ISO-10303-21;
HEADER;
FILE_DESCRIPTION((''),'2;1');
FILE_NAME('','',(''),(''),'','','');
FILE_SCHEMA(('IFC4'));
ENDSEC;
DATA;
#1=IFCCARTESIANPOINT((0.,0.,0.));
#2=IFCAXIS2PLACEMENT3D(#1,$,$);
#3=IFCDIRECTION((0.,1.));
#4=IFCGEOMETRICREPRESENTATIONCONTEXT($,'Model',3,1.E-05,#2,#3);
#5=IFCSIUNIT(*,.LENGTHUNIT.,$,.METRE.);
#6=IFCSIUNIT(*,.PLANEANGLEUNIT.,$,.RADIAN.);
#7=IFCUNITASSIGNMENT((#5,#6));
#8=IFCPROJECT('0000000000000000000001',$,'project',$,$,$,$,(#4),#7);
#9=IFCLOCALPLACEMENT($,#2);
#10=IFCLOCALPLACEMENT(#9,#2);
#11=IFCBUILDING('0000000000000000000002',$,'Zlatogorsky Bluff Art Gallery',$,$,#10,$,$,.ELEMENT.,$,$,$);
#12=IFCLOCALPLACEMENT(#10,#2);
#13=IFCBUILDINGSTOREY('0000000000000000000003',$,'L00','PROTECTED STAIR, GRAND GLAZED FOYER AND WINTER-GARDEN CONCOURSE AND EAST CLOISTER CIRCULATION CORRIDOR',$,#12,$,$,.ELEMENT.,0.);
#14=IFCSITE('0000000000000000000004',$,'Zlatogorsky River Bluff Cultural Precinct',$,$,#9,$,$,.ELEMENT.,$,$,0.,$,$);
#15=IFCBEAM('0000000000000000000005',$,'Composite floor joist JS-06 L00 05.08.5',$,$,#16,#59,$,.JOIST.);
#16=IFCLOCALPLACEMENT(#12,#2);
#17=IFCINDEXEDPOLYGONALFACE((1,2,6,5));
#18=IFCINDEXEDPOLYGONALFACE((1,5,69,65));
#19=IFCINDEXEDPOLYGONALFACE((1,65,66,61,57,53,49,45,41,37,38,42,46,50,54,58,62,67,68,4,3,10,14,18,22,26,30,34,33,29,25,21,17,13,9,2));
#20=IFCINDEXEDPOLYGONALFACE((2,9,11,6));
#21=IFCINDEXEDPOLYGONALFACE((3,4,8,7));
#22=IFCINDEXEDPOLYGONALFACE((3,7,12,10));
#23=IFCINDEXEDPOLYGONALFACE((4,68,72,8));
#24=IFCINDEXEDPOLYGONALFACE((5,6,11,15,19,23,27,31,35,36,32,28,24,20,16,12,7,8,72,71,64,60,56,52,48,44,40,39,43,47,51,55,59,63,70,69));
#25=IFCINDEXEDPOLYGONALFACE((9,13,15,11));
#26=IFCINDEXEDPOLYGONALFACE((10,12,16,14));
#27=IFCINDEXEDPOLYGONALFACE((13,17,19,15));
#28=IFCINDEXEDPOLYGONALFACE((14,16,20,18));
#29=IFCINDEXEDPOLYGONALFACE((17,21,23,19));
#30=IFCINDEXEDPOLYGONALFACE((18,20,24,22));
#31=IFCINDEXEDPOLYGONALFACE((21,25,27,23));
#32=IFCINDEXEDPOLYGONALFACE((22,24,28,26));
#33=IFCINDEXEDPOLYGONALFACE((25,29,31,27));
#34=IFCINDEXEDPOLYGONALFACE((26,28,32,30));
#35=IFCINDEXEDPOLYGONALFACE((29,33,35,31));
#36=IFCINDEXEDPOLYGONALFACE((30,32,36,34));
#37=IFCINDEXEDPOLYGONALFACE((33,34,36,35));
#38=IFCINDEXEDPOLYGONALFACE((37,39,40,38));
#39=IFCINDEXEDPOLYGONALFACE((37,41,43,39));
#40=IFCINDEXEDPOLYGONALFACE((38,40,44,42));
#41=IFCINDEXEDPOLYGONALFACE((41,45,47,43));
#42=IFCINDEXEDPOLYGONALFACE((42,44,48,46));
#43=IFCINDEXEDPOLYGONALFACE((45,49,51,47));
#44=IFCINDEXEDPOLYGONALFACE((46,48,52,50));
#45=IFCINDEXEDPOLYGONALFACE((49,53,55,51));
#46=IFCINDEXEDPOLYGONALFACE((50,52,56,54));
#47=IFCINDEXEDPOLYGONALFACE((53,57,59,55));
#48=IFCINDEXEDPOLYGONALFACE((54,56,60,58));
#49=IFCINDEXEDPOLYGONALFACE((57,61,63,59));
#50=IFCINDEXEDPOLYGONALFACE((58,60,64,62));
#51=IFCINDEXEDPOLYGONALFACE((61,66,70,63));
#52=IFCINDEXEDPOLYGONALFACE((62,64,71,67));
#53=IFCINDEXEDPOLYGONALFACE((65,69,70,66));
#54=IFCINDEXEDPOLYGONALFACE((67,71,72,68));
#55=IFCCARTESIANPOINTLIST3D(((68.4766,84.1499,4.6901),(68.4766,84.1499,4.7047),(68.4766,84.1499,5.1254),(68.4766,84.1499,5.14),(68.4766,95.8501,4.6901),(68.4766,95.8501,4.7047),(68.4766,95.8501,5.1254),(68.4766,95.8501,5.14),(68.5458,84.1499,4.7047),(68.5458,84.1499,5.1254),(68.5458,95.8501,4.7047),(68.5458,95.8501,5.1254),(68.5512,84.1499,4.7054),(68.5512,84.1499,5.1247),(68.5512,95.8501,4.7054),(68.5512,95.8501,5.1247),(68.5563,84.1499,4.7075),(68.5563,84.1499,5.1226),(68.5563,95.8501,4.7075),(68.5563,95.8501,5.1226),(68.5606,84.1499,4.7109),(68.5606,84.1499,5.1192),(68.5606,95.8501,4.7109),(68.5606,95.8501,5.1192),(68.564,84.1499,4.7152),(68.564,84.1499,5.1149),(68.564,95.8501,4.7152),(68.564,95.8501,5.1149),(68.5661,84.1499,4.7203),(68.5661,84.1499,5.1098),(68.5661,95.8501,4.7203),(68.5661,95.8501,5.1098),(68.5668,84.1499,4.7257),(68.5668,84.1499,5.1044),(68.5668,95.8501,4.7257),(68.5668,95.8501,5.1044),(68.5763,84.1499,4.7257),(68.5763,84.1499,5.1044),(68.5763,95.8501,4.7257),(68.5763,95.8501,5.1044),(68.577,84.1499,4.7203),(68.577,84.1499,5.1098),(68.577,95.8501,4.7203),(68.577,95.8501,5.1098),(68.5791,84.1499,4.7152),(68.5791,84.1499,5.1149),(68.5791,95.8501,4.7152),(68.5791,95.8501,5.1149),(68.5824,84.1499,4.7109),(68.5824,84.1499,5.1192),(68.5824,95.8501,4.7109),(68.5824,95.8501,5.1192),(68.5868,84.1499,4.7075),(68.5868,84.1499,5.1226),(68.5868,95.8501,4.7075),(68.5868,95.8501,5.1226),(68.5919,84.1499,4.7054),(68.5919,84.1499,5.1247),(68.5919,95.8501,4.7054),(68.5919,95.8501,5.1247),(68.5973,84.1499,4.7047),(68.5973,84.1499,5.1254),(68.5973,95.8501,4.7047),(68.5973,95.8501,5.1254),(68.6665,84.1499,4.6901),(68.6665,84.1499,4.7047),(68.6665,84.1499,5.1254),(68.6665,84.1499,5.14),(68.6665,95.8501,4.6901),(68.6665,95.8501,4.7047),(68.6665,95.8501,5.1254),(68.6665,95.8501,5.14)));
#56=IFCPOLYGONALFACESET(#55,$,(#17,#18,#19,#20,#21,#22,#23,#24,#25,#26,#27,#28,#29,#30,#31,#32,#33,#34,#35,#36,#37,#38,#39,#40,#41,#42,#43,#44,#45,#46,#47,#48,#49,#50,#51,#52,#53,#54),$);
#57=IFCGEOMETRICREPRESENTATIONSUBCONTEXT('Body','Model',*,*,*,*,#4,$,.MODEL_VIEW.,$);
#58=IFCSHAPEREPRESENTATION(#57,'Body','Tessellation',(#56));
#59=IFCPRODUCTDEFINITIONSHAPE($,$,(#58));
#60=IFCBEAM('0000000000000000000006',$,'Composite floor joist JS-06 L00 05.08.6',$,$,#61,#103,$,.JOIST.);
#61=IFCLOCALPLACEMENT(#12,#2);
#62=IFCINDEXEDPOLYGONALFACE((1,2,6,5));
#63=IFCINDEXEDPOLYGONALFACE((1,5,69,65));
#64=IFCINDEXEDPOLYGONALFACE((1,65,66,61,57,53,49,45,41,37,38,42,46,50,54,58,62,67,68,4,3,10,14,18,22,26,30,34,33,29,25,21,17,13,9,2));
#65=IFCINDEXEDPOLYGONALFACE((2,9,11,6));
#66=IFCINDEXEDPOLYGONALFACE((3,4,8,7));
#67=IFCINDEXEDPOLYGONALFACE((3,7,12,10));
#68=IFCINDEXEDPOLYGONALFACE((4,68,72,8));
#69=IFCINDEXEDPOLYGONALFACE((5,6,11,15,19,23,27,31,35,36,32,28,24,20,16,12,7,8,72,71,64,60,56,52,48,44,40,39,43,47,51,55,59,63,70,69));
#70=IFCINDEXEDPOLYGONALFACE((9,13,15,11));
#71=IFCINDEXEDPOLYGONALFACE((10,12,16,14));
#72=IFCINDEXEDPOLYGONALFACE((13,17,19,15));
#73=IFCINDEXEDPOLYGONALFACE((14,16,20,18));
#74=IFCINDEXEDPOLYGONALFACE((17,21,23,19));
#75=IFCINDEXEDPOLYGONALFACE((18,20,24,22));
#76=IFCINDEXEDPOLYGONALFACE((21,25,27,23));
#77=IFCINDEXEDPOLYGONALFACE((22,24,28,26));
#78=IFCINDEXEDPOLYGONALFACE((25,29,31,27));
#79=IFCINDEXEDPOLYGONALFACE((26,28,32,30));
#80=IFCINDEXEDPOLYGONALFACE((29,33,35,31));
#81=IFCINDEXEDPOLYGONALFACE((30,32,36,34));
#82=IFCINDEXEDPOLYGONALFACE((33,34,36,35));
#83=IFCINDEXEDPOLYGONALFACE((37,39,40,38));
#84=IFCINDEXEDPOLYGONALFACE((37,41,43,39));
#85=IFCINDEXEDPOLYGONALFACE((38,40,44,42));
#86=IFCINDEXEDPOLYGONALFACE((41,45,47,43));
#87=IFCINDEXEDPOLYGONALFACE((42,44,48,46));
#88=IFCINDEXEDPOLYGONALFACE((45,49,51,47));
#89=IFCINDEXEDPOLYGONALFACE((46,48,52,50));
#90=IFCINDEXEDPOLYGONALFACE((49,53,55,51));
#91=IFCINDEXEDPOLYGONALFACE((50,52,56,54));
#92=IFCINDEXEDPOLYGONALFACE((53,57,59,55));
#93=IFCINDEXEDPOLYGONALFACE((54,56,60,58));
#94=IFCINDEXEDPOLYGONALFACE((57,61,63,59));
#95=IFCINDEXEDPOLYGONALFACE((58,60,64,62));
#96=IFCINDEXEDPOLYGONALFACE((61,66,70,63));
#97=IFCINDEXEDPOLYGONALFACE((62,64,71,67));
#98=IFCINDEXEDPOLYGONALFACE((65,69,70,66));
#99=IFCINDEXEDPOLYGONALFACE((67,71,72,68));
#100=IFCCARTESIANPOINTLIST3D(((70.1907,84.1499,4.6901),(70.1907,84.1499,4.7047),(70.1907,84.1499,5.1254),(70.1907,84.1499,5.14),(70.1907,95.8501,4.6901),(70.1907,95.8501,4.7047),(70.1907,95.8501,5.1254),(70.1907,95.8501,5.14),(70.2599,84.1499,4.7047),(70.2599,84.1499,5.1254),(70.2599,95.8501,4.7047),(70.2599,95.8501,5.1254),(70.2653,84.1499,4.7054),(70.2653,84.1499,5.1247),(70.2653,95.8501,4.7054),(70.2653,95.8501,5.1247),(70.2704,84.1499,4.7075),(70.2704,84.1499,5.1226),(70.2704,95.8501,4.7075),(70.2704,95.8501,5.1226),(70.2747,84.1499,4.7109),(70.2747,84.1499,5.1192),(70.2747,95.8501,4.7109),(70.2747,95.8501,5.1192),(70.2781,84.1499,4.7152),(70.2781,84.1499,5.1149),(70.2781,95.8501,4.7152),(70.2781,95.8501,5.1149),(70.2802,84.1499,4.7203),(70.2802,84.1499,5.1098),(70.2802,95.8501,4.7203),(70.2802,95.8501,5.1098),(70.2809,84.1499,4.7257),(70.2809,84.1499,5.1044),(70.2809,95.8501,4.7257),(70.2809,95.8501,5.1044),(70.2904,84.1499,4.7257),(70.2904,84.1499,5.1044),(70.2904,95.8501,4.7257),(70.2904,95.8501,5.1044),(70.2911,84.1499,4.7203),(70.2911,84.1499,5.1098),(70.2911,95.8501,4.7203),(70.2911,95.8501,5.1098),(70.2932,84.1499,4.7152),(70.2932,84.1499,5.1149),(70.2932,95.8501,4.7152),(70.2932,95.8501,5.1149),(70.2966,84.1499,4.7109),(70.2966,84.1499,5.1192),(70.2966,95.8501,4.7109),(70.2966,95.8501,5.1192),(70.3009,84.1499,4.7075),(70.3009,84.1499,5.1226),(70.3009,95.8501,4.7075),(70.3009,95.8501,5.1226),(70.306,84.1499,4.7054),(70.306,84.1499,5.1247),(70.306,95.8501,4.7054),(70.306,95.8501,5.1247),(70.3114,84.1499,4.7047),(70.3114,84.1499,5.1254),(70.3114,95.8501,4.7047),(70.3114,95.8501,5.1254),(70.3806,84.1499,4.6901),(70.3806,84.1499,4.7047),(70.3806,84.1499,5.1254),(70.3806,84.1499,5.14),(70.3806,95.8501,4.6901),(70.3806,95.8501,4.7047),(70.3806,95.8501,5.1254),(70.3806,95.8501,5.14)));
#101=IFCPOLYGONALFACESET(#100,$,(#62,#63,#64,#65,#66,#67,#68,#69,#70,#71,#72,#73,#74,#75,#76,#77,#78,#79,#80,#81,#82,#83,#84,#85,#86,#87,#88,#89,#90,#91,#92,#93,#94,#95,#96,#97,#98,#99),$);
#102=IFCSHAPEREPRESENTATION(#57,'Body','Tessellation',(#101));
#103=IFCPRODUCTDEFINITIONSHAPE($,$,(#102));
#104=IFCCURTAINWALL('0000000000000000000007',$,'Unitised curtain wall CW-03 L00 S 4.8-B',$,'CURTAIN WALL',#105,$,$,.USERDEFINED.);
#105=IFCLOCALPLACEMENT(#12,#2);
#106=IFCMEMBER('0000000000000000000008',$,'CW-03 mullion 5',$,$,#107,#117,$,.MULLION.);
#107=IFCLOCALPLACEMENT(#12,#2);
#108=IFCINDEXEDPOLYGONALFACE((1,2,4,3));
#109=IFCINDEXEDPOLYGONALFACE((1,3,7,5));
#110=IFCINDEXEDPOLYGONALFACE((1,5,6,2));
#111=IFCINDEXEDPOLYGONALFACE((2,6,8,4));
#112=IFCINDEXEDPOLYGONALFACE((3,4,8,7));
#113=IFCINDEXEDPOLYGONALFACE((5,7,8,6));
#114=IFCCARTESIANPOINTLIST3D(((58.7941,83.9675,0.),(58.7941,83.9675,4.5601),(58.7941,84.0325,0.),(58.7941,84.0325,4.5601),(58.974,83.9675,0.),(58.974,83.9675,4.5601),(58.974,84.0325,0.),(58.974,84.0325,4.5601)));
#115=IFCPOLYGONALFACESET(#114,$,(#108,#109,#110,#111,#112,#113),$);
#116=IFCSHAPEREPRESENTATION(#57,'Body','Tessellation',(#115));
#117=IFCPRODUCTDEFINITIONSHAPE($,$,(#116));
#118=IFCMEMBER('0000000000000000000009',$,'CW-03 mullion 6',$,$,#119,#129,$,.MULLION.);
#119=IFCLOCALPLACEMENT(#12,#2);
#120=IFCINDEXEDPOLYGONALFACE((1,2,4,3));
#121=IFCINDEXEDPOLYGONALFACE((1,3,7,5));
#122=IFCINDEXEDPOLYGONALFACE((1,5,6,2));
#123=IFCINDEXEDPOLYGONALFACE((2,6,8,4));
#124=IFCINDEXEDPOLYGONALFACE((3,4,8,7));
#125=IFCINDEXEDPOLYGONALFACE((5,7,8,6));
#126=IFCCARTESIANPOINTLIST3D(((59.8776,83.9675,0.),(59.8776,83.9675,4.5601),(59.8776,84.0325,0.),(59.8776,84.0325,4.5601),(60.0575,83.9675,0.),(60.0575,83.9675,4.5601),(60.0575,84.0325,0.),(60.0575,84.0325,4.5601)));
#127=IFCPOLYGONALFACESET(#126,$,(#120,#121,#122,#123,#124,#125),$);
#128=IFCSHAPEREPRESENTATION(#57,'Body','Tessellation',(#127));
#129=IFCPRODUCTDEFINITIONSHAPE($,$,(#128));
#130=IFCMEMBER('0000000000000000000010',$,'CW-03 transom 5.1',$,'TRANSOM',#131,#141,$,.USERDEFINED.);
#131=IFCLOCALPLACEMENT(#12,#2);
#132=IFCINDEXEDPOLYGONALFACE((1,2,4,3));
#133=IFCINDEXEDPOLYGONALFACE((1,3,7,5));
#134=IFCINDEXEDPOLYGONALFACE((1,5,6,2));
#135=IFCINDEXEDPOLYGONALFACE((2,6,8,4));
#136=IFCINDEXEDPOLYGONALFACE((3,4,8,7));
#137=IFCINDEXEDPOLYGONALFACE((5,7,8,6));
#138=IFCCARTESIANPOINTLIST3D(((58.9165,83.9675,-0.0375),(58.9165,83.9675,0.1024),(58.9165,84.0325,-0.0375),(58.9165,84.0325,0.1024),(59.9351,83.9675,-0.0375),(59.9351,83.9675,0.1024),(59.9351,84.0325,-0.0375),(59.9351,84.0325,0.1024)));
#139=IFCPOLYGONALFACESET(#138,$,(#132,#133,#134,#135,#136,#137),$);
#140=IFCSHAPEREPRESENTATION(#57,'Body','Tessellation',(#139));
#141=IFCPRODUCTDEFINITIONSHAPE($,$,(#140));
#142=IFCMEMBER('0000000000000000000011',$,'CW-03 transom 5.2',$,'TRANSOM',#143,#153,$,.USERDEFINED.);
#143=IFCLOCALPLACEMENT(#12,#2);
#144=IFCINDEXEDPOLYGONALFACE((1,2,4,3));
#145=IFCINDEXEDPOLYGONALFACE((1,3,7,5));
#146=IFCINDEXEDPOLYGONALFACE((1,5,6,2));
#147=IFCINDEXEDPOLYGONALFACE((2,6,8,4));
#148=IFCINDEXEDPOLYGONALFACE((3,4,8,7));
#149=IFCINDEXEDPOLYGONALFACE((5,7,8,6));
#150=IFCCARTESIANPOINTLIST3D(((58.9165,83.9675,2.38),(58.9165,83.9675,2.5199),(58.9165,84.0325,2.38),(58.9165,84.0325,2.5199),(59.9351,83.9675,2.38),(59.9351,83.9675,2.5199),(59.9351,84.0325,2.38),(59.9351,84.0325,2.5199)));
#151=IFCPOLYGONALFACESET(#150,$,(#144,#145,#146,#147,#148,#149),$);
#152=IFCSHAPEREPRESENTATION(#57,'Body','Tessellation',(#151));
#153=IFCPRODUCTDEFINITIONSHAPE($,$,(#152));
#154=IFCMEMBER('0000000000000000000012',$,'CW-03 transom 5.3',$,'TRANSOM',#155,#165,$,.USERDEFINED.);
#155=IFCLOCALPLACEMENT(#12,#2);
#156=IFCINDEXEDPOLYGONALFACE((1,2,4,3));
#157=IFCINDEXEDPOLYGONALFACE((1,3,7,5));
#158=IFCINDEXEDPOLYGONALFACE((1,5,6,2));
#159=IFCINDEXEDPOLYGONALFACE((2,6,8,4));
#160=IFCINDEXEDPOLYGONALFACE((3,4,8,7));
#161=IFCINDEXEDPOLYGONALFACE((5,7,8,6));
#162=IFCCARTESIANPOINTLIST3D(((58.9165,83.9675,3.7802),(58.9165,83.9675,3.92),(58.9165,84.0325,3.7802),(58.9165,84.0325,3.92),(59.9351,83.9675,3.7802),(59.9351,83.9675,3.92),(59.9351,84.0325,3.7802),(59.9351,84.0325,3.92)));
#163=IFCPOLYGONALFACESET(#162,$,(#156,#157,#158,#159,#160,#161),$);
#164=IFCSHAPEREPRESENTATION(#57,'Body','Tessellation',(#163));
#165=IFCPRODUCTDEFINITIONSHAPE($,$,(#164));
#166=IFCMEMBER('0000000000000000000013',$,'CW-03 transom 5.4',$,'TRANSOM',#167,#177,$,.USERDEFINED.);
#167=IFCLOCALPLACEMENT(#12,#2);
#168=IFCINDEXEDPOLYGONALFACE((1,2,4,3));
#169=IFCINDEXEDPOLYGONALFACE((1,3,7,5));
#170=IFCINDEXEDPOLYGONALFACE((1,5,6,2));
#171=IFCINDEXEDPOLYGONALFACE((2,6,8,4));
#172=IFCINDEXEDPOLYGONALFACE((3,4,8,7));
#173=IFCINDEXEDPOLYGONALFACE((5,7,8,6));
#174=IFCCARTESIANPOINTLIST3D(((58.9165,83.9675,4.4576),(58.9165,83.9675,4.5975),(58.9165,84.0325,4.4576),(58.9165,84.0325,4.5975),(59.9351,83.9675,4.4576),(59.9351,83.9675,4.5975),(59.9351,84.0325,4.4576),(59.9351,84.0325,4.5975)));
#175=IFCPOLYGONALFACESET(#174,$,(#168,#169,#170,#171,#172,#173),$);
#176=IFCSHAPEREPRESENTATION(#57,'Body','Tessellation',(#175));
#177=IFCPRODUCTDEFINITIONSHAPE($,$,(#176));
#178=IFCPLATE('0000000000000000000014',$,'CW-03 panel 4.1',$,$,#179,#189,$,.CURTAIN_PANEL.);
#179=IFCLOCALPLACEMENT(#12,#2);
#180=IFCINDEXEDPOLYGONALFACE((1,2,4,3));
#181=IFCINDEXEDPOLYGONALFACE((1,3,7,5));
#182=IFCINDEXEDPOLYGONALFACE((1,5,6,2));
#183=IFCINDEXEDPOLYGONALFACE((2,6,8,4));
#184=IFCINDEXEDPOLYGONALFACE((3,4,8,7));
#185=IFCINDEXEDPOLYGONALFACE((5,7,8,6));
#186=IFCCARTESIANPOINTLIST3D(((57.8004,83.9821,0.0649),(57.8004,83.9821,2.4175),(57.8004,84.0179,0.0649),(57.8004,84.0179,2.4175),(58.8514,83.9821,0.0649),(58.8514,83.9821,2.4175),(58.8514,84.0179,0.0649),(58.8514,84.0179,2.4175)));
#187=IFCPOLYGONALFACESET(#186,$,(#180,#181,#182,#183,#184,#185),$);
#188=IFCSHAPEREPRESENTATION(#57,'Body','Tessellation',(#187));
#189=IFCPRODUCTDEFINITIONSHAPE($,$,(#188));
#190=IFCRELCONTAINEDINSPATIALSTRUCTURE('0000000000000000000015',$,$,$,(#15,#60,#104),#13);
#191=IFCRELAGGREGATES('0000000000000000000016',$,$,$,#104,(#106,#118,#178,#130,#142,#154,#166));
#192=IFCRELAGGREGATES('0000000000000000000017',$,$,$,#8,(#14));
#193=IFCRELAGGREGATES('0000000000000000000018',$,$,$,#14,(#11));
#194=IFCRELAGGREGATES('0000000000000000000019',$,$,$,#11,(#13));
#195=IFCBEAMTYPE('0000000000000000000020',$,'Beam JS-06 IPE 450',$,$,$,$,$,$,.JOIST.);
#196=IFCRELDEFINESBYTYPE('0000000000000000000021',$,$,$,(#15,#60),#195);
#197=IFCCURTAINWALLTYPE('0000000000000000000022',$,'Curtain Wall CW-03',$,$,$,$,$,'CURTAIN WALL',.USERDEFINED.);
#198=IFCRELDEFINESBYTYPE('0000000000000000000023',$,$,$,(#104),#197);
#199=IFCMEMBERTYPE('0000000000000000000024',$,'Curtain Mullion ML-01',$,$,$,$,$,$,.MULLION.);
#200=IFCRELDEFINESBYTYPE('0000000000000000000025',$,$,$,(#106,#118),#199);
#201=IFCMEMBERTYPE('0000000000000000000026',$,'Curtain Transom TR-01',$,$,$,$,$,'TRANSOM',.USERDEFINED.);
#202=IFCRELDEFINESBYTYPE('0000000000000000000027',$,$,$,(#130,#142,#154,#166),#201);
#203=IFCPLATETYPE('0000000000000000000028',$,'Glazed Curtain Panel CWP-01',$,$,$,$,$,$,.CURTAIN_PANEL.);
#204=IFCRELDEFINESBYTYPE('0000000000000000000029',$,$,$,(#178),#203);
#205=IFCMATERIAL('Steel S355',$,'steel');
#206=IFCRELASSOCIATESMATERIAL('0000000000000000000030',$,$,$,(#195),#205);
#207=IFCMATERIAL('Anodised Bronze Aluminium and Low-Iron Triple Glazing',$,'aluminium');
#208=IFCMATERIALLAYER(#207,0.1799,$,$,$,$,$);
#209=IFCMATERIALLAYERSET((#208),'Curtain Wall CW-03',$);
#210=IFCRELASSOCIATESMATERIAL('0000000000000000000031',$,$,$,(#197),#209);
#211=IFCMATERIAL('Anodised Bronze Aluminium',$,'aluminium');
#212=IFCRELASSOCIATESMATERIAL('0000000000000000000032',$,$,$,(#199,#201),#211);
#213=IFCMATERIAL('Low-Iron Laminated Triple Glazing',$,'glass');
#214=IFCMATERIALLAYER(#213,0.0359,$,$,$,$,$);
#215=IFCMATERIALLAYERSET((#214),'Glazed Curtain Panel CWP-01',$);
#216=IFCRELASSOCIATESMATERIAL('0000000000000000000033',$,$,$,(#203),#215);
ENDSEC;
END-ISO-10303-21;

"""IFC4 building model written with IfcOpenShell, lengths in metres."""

from ifc_helpers import new_model, si_unit, direction, frame, origin, origin_2d, place, context, subcontext, project, spatial, rectangle, i_section, extrude, material, layer, layer_set, material_profile, profile_set, type_object, element, aggregate, save


model = new_model("IFC4")

# Units and contexts
model_context = context("Model", 3, precision=1e-05, world=origin(), true_north=direction((0.0, 1.0)))
body_context = subcontext(model_context, "Body", "Model", "MODEL_VIEW")
ifc_project = project(units=[si_unit("LENGTHUNIT", "METRE"), si_unit("PLANEANGLEUNIT", "RADIAN")], contexts=[model_context])

# Site, building, storey
site_placement = place(None, origin())
site = spatial("IfcSite", under=ifc_project, at=site_placement, Name="Zlatogorsky River Bluff Cultural Precinct", CompositionType="ELEMENT", RefElevation=0.0)
building_placement = place(site_placement, origin())
building = spatial("IfcBuilding", under=site, at=building_placement, Name="Zlatogorsky Bluff Art Gallery", CompositionType="ELEMENT")
storey_placement = place(building_placement, origin())
storey = spatial("IfcBuildingStorey", under=building, at=storey_placement, Name="L00", Description="PROTECTED STAIR, GRAND GLAZED FOYER AND WINTER-GARDEN CONCOURSE AND EAST CLOISTER CIRCULATION CORRIDOR", CompositionType="ELEMENT", Elevation=0.0)

# Shared definitions
ifc_material_1 = material(Name="Steel S355", Category="steel")

# Beams
ifc_material_profile_1 = material_profile(ifc_material_1, i_section(OverallWidth=0.1899, OverallDepth=0.45, WebThickness=0.0095, FlangeThickness=0.0146, FilletRadius=0.021, at=origin_2d()), Name="IPE 450")
ifc_profile_set_1 = profile_set([ifc_material_profile_1], Name="Steel S355")
beam_type_1 = type_object("IfcBeamType", Name="Beam JS-06 IPE 450", PredefinedType="JOIST", material=ifc_profile_set_1)
for number, where, z_axis, x_axis, name in (
    (1, (68.5715, 84.1499, 4.915), (0.0, 1.0, 0.0), (-1.0, 0.0, 0.0), "Composite floor joist JS-06 L00 05.08.5"),
    (2, (70.2856, 84.1499, 4.915), (0.0, 1.0, 0.0), (-1.0, 0.0, 0.0), "Composite floor joist JS-06 L00 05.08.6"),
):
    element("IfcBeam", number, at=place(storey_placement, frame(where, z_axis=z_axis, x_axis=x_axis)), inside=storey, type_object=beam_type_1, Name=name, PredefinedType="JOIST", context=body_context, shape_type="SweptSolid", body=[
        extrude(i_section(OverallWidth=0.1899, OverallDepth=0.45, WebThickness=0.0095, FlangeThickness=0.0146, FilletRadius=0.021, at=origin_2d()), origin(), (0.0, 0.0, 1.0), 11.7002),
    ])

# Curtain wall, members, plate
ifc_material_2 = material(Name="Anodised Bronze Aluminium and Low-Iron Triple Glazing", Category="aluminium")
ifc_layer_1 = layer(ifc_material_2, 0.1799)
ifc_layer_set_1 = layer_set([ifc_layer_1], Name="Curtain Wall CW-03")
curtain_wall_type = type_object("IfcCurtainWallType", Name="Curtain Wall CW-03", ElementType="CURTAIN WALL", PredefinedType="USERDEFINED", material=ifc_layer_set_1)
curtain_wall_placement = place(storey_placement, origin())
curtain_wall = element("IfcCurtainWall", 3, at=curtain_wall_placement, inside=storey, type_object=curtain_wall_type, Name="Unitised curtain wall CW-03 L00 S 4.8-B", ObjectType="CURTAIN WALL", PredefinedType="USERDEFINED")
ifc_material_3 = material(Name="Anodised Bronze Aluminium", Category="aluminium")
ifc_material_profile_2 = material_profile(ifc_material_3, rectangle(XDim=0.0649, YDim=0.1799, at=origin_2d()), Name="ALU MULLION 65x180")
ifc_profile_set_2 = profile_set([ifc_material_profile_2], Name="Anodised Bronze Aluminium")
member_type_1 = type_object("IfcMemberType", Name="Curtain Mullion ML-01", PredefinedType="MULLION", material=ifc_profile_set_2)
member_1_placement = place(storey_placement, frame((58.884, 84.0, 0.0), z_axis=(0.0, 0.0, 1.0), x_axis=(0.0, 1.0, 0.0)))
member_1 = element("IfcMember", 4, at=member_1_placement, type_object=member_type_1, Name="CW-03 mullion 5", PredefinedType="MULLION", context=body_context, shape_type="SweptSolid", body=[
    extrude(rectangle(XDim=0.0649, YDim=0.1799, at=origin_2d()), origin(), (0.0, 0.0, 1.0), 4.5601),
])
member_2_placement = place(storey_placement, frame((59.9675, 84.0, 0.0), z_axis=(0.0, 0.0, 1.0), x_axis=(0.0, 1.0, 0.0)))
member_2 = element("IfcMember", 5, at=member_2_placement, type_object=member_type_1, Name="CW-03 mullion 6", PredefinedType="MULLION", context=body_context, shape_type="SweptSolid", body=[
    extrude(rectangle(XDim=0.0649, YDim=0.1799, at=origin_2d()), origin(), (0.0, 0.0, 1.0), 4.5601),
])
ifc_material_profile_3 = material_profile(ifc_material_3, rectangle(XDim=0.0649, YDim=0.1399, at=origin_2d()), Name="ALU TRANSOM 65x140")
ifc_profile_set_3 = profile_set([ifc_material_profile_3], Name="Anodised Bronze Aluminium")
member_type_2 = type_object("IfcMemberType", Name="Curtain Transom TR-01", ElementType="TRANSOM", PredefinedType="USERDEFINED", material=ifc_profile_set_3)
member_3_placement = place(storey_placement, frame((58.9165, 84.0, 0.0325), z_axis=(1.0, 0.0, 0.0), x_axis=(0.0, 1.0, 0.0)))
member_3 = element("IfcMember", 6, at=member_3_placement, type_object=member_type_2, Name="CW-03 transom 5.1", ObjectType="TRANSOM", PredefinedType="USERDEFINED", context=body_context, shape_type="SweptSolid", body=[
    extrude(rectangle(XDim=0.0649, YDim=0.1399, at=origin_2d()), origin(), (0.0, 0.0, 1.0), 1.0186),
])
member_4_placement = place(storey_placement, frame((58.9165, 84.0, 2.45), z_axis=(1.0, 0.0, 0.0), x_axis=(0.0, 1.0, 0.0)))
member_4 = element("IfcMember", 7, at=member_4_placement, type_object=member_type_2, Name="CW-03 transom 5.2", ObjectType="TRANSOM", PredefinedType="USERDEFINED", context=body_context, shape_type="SweptSolid", body=[
    extrude(rectangle(XDim=0.0649, YDim=0.1399, at=origin_2d()), origin(), (0.0, 0.0, 1.0), 1.0186),
])
member_5_placement = place(storey_placement, frame((58.9165, 84.0, 3.8501), z_axis=(1.0, 0.0, 0.0), x_axis=(0.0, 1.0, 0.0)))
member_5 = element("IfcMember", 8, at=member_5_placement, type_object=member_type_2, Name="CW-03 transom 5.3", ObjectType="TRANSOM", PredefinedType="USERDEFINED", context=body_context, shape_type="SweptSolid", body=[
    extrude(rectangle(XDim=0.0649, YDim=0.1399, at=origin_2d()), origin(), (0.0, 0.0, 1.0), 1.0186),
])
member_6_placement = place(storey_placement, frame((58.9165, 84.0, 4.5276), z_axis=(1.0, 0.0, 0.0), x_axis=(0.0, 1.0, 0.0)))
member_6 = element("IfcMember", 9, at=member_6_placement, type_object=member_type_2, Name="CW-03 transom 5.4", ObjectType="TRANSOM", PredefinedType="USERDEFINED", context=body_context, shape_type="SweptSolid", body=[
    extrude(rectangle(XDim=0.0649, YDim=0.1399, at=origin_2d()), origin(), (0.0, 0.0, 1.0), 1.0186),
])
ifc_material_4 = material(Name="Low-Iron Laminated Triple Glazing", Category="glass")
ifc_layer_2 = layer(ifc_material_4, 0.0359)
ifc_layer_set_2 = layer_set([ifc_layer_2], Name="Glazed Curtain Panel CWP-01")
plate_type = type_object("IfcPlateType", Name="Glazed Curtain Panel CWP-01", PredefinedType="CURTAIN_PANEL", material=ifc_layer_set_2)
plate_1_placement = place(storey_placement, frame((58.3259, 84.0, 0.0649), z_axis=(0.0, 0.0, 1.0), x_axis=(1.0, 0.0, 0.0)))
plate_1 = element("IfcPlate", 10, at=plate_1_placement, type_object=plate_type, Name="CW-03 panel 4.1", PredefinedType="CURTAIN_PANEL", context=body_context, shape_type="SweptSolid", body=[
    extrude(rectangle(XDim=1.051, YDim=0.0359, at=origin_2d()), origin(), (0.0, 0.0, 1.0), 2.3525),
])
aggregate(curtain_wall, [member_1, member_2, plate_1, member_3, member_4, member_5, member_6])

save(model, "model.ifc")
